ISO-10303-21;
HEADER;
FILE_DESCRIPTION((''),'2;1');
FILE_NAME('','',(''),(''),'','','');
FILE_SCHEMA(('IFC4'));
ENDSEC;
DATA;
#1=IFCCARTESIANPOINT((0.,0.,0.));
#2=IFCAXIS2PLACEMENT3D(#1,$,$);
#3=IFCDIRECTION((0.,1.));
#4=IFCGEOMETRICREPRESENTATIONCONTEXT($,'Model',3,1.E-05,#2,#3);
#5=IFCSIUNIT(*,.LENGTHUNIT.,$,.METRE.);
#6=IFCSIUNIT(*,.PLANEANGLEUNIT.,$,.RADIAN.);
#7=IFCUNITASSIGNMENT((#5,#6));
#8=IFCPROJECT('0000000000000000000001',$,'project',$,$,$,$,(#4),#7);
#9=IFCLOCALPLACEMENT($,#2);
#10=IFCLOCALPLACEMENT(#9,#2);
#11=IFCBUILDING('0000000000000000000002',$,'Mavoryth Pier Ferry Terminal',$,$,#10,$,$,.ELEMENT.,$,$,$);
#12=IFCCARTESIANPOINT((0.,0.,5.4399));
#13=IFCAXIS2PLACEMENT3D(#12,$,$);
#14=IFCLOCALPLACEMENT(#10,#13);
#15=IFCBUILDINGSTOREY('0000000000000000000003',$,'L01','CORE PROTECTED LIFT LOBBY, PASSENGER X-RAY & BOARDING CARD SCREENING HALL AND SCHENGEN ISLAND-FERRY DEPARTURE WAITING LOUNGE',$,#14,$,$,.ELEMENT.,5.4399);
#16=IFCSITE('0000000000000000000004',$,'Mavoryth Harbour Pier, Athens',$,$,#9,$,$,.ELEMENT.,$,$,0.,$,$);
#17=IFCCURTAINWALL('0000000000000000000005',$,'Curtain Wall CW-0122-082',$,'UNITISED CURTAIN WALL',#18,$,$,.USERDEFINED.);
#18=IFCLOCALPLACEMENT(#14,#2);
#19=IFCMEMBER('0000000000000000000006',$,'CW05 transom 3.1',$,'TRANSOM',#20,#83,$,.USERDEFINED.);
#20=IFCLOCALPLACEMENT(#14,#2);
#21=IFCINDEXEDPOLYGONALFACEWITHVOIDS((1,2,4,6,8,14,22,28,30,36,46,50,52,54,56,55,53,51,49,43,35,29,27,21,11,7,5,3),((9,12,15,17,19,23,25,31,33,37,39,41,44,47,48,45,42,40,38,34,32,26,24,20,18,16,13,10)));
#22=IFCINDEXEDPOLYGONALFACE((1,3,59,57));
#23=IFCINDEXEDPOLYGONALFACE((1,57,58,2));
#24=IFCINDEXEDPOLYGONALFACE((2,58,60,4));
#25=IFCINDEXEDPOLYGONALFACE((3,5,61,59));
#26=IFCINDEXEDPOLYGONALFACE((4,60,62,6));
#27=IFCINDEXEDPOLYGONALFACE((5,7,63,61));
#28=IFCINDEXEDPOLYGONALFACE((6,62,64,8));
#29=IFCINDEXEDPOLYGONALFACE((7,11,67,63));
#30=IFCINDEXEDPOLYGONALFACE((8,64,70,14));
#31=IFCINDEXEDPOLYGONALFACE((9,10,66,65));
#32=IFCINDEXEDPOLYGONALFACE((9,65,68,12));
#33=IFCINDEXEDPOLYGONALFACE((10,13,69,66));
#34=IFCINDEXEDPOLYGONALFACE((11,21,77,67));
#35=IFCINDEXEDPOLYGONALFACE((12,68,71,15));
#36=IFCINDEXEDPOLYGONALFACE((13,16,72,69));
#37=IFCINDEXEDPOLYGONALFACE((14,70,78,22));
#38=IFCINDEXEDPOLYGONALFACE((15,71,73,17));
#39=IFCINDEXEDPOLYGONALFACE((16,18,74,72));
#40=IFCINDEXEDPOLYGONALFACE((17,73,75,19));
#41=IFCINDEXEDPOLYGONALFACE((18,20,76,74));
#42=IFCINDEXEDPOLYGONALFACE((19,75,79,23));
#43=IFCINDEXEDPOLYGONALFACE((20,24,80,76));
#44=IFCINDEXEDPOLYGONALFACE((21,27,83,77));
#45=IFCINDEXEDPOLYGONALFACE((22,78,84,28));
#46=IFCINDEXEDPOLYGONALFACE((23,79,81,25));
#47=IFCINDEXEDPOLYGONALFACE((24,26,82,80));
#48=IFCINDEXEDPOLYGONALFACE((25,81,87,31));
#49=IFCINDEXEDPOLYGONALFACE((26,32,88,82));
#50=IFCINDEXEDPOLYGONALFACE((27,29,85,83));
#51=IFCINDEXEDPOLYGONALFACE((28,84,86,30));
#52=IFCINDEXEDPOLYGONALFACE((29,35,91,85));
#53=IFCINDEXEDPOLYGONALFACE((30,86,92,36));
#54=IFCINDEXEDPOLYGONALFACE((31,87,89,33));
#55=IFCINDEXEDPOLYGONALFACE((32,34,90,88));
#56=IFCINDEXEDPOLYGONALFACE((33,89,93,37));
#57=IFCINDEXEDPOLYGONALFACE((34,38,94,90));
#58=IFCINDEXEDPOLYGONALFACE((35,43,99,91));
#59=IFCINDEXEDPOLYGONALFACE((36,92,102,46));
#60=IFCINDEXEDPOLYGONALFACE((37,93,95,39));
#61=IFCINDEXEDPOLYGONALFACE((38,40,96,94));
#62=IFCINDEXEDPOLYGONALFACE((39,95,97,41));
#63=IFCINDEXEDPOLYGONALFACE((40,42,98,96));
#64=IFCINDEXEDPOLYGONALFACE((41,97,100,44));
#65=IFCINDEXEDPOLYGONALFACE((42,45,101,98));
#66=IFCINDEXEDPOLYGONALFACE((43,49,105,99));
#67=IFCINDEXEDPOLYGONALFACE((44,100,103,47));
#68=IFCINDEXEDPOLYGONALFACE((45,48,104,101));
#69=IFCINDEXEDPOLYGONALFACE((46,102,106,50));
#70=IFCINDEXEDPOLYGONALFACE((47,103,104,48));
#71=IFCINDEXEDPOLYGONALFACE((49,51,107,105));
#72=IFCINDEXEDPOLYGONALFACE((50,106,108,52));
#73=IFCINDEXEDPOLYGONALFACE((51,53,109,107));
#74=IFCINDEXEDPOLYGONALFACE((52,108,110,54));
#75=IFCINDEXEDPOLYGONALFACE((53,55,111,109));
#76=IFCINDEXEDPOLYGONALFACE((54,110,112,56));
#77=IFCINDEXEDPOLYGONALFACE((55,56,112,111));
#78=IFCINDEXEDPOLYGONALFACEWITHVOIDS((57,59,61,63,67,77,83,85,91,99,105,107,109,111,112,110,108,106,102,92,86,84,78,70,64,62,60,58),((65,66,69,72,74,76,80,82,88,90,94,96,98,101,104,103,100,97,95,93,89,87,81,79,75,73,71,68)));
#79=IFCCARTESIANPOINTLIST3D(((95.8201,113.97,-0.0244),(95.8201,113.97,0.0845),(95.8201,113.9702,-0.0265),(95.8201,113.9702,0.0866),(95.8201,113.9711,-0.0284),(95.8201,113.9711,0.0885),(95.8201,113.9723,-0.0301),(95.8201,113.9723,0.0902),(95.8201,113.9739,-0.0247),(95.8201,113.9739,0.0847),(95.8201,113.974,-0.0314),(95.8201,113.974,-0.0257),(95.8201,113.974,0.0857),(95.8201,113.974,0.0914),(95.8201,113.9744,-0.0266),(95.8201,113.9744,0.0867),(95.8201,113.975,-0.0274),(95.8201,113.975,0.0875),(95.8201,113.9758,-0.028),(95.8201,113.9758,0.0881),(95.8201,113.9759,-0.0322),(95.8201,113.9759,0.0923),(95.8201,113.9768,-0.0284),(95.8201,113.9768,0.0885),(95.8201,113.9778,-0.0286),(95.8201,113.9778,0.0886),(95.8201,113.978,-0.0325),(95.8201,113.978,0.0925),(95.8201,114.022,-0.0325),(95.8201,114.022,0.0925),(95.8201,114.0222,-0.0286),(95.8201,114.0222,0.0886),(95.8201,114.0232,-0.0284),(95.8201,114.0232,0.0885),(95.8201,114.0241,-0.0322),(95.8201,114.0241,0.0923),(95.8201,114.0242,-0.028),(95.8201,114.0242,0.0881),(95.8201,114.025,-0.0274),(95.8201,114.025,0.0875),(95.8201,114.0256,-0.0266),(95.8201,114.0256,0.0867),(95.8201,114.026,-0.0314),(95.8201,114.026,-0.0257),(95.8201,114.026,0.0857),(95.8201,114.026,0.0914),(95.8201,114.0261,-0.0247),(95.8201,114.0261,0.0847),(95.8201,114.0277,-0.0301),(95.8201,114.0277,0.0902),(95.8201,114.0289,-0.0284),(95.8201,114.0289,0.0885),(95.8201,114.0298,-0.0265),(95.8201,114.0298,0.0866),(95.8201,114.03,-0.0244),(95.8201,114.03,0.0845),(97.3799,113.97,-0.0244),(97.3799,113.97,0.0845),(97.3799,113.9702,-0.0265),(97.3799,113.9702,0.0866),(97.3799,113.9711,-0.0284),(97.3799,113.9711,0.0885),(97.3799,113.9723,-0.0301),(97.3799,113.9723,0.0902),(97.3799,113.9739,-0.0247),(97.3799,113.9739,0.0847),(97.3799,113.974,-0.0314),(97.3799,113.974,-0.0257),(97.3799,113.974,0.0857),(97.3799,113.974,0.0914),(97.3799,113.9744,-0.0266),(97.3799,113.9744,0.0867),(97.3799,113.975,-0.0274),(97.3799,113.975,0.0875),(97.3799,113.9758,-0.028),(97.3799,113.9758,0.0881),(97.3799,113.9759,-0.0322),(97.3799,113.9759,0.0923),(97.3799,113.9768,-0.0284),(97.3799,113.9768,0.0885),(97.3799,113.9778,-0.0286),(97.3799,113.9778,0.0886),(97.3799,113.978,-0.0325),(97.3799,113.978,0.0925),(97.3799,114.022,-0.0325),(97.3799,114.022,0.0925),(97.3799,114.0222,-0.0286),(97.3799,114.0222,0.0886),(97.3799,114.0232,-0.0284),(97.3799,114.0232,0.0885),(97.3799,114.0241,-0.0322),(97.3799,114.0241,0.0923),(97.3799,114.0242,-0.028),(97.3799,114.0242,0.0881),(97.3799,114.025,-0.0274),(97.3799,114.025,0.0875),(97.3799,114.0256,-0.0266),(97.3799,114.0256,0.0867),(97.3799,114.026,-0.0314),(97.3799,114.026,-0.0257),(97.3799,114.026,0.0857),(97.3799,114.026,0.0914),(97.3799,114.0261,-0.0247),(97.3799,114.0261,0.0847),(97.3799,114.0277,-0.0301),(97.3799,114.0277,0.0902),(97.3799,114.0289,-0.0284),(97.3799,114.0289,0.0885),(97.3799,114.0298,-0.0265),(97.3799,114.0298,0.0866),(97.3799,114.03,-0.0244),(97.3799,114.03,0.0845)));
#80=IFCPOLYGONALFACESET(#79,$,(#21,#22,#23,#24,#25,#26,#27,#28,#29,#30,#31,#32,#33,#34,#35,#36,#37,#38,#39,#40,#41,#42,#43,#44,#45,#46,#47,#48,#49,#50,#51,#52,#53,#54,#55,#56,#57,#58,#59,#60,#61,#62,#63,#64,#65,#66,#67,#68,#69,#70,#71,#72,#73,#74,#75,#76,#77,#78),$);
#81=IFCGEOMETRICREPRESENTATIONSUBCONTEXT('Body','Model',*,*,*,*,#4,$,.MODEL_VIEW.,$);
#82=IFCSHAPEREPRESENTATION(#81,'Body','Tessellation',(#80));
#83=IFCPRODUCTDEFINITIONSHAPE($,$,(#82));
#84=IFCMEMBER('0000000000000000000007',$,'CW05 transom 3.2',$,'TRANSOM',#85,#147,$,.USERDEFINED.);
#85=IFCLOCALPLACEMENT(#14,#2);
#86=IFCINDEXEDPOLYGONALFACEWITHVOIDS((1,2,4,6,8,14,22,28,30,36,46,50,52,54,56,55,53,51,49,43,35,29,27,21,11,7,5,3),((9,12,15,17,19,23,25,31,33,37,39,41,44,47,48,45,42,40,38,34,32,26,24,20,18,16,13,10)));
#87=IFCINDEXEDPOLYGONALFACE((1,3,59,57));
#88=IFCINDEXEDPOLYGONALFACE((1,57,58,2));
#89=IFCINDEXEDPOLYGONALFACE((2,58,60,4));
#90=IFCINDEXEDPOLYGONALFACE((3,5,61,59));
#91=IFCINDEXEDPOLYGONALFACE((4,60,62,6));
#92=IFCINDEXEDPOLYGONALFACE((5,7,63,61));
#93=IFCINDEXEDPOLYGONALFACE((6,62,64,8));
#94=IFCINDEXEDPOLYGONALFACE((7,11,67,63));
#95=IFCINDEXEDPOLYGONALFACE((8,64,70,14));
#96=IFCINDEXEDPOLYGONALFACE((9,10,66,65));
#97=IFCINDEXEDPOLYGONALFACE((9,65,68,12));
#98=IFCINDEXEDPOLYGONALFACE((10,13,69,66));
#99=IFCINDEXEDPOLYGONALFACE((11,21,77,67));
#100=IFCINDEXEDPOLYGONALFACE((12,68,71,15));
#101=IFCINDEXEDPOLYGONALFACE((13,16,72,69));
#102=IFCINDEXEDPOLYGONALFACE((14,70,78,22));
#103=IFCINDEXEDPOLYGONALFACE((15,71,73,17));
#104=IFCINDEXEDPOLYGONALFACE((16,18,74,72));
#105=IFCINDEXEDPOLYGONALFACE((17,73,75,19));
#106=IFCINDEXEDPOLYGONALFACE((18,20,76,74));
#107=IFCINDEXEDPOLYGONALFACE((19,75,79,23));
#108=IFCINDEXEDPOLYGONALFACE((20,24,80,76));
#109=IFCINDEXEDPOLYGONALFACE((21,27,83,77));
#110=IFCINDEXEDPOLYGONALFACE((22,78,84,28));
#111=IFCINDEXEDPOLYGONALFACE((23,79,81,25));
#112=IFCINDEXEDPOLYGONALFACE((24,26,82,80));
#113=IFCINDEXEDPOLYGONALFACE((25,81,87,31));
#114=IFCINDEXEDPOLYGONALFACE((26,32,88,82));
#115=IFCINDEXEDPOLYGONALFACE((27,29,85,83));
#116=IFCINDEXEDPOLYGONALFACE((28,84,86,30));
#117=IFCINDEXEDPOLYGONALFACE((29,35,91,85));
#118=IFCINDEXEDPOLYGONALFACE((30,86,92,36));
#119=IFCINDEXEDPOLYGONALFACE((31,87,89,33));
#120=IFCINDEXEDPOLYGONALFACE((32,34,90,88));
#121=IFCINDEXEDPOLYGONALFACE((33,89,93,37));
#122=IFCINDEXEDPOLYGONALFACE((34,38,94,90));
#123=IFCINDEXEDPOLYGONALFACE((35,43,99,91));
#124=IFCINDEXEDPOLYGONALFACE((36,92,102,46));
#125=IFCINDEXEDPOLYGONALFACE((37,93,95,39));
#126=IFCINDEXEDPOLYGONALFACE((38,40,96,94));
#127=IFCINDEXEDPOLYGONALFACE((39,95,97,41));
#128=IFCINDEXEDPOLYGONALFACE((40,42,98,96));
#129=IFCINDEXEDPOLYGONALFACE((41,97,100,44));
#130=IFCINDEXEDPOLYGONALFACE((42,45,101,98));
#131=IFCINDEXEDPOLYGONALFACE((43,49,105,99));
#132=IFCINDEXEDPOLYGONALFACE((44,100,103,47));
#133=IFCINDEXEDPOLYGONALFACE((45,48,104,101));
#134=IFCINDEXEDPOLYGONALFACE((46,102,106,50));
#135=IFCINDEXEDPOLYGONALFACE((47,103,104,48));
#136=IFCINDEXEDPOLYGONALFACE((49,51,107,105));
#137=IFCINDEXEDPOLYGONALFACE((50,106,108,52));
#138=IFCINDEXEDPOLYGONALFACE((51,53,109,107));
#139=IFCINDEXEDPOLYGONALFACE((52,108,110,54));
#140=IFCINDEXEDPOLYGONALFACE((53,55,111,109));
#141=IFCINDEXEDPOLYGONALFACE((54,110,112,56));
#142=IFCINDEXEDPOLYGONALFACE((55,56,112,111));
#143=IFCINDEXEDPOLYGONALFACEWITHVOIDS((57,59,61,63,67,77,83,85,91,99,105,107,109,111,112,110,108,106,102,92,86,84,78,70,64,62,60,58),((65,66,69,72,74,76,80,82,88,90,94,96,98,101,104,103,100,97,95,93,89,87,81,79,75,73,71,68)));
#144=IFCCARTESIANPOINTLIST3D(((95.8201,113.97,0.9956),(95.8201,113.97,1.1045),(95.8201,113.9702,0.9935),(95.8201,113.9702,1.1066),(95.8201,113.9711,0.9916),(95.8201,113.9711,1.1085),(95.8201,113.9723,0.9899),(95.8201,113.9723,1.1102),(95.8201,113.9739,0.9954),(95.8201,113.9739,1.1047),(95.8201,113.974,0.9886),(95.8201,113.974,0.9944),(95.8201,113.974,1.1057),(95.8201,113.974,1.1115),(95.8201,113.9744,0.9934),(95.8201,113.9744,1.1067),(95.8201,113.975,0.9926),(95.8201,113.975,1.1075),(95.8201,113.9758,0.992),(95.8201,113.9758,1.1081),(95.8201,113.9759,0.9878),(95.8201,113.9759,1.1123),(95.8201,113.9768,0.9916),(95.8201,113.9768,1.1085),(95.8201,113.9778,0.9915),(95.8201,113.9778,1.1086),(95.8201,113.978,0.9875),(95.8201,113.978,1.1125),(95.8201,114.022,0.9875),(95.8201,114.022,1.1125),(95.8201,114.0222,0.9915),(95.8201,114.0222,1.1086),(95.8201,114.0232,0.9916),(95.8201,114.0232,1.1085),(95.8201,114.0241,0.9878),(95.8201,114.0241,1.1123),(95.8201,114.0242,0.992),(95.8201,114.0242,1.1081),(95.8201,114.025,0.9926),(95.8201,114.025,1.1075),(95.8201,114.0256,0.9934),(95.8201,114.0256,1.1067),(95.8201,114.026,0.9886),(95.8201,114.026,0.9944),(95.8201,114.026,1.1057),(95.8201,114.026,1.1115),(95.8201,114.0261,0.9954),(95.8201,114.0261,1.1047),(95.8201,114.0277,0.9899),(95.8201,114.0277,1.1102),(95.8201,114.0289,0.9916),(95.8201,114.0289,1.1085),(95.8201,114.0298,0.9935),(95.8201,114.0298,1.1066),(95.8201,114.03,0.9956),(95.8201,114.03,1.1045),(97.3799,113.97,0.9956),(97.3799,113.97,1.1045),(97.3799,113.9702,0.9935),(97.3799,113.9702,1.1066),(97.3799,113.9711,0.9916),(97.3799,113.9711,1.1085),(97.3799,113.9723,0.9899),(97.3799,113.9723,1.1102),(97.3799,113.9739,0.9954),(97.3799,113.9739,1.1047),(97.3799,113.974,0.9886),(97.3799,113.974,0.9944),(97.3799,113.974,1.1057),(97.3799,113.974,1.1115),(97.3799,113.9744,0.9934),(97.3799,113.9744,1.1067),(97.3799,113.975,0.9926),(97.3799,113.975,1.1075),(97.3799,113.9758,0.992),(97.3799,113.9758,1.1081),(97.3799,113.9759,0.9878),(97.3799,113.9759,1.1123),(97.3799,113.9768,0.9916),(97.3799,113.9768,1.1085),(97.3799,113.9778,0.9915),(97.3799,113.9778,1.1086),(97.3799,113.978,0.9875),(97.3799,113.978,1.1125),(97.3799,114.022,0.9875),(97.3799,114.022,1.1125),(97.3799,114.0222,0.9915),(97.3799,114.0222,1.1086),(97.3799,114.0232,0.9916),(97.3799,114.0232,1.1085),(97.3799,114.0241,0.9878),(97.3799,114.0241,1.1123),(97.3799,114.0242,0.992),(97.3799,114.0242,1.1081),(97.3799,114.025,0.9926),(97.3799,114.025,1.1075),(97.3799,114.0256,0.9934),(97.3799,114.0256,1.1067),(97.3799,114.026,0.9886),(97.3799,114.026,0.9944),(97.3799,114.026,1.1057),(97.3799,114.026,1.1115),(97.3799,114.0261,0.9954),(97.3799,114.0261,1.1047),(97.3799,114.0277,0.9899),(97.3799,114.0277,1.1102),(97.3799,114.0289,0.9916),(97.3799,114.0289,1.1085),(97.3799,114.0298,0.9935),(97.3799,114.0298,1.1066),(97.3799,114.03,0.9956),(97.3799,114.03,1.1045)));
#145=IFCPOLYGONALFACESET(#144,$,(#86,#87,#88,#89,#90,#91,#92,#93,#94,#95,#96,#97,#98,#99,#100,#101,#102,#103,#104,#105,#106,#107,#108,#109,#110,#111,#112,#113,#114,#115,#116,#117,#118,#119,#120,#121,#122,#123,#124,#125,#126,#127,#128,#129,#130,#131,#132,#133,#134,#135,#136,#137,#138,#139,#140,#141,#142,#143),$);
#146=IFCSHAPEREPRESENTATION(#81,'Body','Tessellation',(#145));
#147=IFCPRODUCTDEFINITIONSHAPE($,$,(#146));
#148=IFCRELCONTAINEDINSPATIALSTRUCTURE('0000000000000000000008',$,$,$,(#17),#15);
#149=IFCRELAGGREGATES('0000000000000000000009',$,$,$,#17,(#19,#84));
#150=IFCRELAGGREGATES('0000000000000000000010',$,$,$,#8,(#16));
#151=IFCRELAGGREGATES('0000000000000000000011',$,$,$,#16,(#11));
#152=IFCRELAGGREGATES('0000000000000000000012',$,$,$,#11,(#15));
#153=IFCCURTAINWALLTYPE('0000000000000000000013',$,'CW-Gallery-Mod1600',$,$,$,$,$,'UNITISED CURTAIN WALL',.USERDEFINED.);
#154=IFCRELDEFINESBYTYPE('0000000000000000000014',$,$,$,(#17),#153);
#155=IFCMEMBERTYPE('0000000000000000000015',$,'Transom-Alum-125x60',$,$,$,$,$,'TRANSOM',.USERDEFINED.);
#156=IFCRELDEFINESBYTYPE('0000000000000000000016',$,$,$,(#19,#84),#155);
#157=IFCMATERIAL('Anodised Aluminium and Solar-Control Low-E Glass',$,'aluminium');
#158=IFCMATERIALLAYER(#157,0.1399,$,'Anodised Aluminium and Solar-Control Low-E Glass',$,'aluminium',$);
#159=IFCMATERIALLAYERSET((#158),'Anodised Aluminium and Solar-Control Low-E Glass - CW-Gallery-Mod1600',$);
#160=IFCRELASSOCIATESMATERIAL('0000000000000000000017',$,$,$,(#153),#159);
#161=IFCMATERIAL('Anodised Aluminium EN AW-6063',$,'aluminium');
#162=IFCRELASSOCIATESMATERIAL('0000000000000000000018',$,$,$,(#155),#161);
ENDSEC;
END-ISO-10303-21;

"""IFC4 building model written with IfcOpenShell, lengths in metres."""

from ifc_helpers import new_model, si_unit, direction, frame, origin, origin_2d, place, context, subcontext, project, spatial, hollow_rectangle, extrude, material, layer, layer_set, material_profile, profile_set, type_object, element, aggregate, save


model = new_model("IFC4")

# Units and contexts
model_context = context("Model", 3, precision=1e-05, world=origin(), true_north=direction((0.0, 1.0)))
body_context = subcontext(model_context, "Body", "Model", "MODEL_VIEW")
ifc_project = project(units=[si_unit("LENGTHUNIT", "METRE"), si_unit("PLANEANGLEUNIT", "RADIAN")], contexts=[model_context])

# Site, building, storey
site_placement = place(None, origin())
site = spatial("IfcSite", under=ifc_project, at=site_placement, Name="Mavoryth Harbour Pier, Athens", CompositionType="ELEMENT", RefElevation=0.0)
building_placement = place(site_placement, origin())
building = spatial("IfcBuilding", under=site, at=building_placement, Name="Mavoryth Pier Ferry Terminal", CompositionType="ELEMENT")
storey_placement = place(building_placement, frame((0.0, 0.0, 5.4399)))
storey = spatial("IfcBuildingStorey", under=building, at=storey_placement, Name="L01", Description="CORE PROTECTED LIFT LOBBY, PASSENGER X-RAY & BOARDING CARD SCREENING HALL AND SCHENGEN ISLAND-FERRY DEPARTURE WAITING LOUNGE", CompositionType="ELEMENT", Elevation=5.4399)

# Curtain wall, members
ifc_material_1 = material(Name="Anodised Aluminium and Solar-Control Low-E Glass", Category="aluminium")
ifc_layer_1 = layer(ifc_material_1, 0.1399, Name="Anodised Aluminium and Solar-Control Low-E Glass", Category="aluminium")
ifc_layer_set_1 = layer_set([ifc_layer_1], Name="Anodised Aluminium and Solar-Control Low-E Glass - CW-Gallery-Mod1600")
curtain_wall_type = type_object("IfcCurtainWallType", Name="CW-Gallery-Mod1600", ElementType="UNITISED CURTAIN WALL", PredefinedType="USERDEFINED", material=ifc_layer_set_1)
curtain_wall_placement = place(storey_placement, origin())
curtain_wall = element("IfcCurtainWall", 1, at=curtain_wall_placement, inside=storey, type_object=curtain_wall_type, Name="Curtain Wall CW-0122-082", ObjectType="UNITISED CURTAIN WALL", PredefinedType="USERDEFINED")
ifc_material_2 = material(Name="Anodised Aluminium EN AW-6063", Category="aluminium")
ifc_material_profile_1 = material_profile(ifc_material_2, hollow_rectangle(XDim=0.0601, YDim=0.125, WallThickness=0.0039, InnerFilletRadius=0.0039, OuterFilletRadius=0.0081, at=origin_2d()), Name="AL-TRAN 125x60x4", Category="aluminium")
ifc_profile_set_1 = profile_set([ifc_material_profile_1], Name="Anodised Aluminium EN AW-6063 - AL-TRAN 125x60x4")
member_type_1 = type_object("IfcMemberType", Name="Transom-Alum-125x60", ElementType="TRANSOM", PredefinedType="USERDEFINED", material=ifc_profile_set_1)
member_1_placement = place(storey_placement, frame((97.3799, 114.0, 0.03), z_axis=(-1.0, 0.0, 0.0), x_axis=(0.0, -1.0, 0.0)))
member_1 = element("IfcMember", 2, at=member_1_placement, type_object=member_type_1, Name="CW05 transom 3.1", ObjectType="TRANSOM", PredefinedType="USERDEFINED", context=body_context, shape_type="SweptSolid", body=[
    extrude(hollow_rectangle(XDim=0.0601, YDim=0.125, WallThickness=0.0039, InnerFilletRadius=0.0039, OuterFilletRadius=0.0081, at=origin_2d()), origin(), (0.0, 0.0, 1.0), 1.5598),
])
member_2_placement = place(storey_placement, frame((97.3799, 114.0, 1.05), z_axis=(-1.0, 0.0, 0.0), x_axis=(0.0, -1.0, 0.0)))
member_2 = element("IfcMember", 3, at=member_2_placement, type_object=member_type_1, Name="CW05 transom 3.2", ObjectType="TRANSOM", PredefinedType="USERDEFINED", context=body_context, shape_type="SweptSolid", body=[
    extrude(hollow_rectangle(XDim=0.0601, YDim=0.125, WallThickness=0.0039, InnerFilletRadius=0.0039, OuterFilletRadius=0.0081, at=origin_2d()), origin(), (0.0, 0.0, 1.0), 1.5598),
])
aggregate(curtain_wall, [member_1, member_2])

save(model, "model.ifc")
